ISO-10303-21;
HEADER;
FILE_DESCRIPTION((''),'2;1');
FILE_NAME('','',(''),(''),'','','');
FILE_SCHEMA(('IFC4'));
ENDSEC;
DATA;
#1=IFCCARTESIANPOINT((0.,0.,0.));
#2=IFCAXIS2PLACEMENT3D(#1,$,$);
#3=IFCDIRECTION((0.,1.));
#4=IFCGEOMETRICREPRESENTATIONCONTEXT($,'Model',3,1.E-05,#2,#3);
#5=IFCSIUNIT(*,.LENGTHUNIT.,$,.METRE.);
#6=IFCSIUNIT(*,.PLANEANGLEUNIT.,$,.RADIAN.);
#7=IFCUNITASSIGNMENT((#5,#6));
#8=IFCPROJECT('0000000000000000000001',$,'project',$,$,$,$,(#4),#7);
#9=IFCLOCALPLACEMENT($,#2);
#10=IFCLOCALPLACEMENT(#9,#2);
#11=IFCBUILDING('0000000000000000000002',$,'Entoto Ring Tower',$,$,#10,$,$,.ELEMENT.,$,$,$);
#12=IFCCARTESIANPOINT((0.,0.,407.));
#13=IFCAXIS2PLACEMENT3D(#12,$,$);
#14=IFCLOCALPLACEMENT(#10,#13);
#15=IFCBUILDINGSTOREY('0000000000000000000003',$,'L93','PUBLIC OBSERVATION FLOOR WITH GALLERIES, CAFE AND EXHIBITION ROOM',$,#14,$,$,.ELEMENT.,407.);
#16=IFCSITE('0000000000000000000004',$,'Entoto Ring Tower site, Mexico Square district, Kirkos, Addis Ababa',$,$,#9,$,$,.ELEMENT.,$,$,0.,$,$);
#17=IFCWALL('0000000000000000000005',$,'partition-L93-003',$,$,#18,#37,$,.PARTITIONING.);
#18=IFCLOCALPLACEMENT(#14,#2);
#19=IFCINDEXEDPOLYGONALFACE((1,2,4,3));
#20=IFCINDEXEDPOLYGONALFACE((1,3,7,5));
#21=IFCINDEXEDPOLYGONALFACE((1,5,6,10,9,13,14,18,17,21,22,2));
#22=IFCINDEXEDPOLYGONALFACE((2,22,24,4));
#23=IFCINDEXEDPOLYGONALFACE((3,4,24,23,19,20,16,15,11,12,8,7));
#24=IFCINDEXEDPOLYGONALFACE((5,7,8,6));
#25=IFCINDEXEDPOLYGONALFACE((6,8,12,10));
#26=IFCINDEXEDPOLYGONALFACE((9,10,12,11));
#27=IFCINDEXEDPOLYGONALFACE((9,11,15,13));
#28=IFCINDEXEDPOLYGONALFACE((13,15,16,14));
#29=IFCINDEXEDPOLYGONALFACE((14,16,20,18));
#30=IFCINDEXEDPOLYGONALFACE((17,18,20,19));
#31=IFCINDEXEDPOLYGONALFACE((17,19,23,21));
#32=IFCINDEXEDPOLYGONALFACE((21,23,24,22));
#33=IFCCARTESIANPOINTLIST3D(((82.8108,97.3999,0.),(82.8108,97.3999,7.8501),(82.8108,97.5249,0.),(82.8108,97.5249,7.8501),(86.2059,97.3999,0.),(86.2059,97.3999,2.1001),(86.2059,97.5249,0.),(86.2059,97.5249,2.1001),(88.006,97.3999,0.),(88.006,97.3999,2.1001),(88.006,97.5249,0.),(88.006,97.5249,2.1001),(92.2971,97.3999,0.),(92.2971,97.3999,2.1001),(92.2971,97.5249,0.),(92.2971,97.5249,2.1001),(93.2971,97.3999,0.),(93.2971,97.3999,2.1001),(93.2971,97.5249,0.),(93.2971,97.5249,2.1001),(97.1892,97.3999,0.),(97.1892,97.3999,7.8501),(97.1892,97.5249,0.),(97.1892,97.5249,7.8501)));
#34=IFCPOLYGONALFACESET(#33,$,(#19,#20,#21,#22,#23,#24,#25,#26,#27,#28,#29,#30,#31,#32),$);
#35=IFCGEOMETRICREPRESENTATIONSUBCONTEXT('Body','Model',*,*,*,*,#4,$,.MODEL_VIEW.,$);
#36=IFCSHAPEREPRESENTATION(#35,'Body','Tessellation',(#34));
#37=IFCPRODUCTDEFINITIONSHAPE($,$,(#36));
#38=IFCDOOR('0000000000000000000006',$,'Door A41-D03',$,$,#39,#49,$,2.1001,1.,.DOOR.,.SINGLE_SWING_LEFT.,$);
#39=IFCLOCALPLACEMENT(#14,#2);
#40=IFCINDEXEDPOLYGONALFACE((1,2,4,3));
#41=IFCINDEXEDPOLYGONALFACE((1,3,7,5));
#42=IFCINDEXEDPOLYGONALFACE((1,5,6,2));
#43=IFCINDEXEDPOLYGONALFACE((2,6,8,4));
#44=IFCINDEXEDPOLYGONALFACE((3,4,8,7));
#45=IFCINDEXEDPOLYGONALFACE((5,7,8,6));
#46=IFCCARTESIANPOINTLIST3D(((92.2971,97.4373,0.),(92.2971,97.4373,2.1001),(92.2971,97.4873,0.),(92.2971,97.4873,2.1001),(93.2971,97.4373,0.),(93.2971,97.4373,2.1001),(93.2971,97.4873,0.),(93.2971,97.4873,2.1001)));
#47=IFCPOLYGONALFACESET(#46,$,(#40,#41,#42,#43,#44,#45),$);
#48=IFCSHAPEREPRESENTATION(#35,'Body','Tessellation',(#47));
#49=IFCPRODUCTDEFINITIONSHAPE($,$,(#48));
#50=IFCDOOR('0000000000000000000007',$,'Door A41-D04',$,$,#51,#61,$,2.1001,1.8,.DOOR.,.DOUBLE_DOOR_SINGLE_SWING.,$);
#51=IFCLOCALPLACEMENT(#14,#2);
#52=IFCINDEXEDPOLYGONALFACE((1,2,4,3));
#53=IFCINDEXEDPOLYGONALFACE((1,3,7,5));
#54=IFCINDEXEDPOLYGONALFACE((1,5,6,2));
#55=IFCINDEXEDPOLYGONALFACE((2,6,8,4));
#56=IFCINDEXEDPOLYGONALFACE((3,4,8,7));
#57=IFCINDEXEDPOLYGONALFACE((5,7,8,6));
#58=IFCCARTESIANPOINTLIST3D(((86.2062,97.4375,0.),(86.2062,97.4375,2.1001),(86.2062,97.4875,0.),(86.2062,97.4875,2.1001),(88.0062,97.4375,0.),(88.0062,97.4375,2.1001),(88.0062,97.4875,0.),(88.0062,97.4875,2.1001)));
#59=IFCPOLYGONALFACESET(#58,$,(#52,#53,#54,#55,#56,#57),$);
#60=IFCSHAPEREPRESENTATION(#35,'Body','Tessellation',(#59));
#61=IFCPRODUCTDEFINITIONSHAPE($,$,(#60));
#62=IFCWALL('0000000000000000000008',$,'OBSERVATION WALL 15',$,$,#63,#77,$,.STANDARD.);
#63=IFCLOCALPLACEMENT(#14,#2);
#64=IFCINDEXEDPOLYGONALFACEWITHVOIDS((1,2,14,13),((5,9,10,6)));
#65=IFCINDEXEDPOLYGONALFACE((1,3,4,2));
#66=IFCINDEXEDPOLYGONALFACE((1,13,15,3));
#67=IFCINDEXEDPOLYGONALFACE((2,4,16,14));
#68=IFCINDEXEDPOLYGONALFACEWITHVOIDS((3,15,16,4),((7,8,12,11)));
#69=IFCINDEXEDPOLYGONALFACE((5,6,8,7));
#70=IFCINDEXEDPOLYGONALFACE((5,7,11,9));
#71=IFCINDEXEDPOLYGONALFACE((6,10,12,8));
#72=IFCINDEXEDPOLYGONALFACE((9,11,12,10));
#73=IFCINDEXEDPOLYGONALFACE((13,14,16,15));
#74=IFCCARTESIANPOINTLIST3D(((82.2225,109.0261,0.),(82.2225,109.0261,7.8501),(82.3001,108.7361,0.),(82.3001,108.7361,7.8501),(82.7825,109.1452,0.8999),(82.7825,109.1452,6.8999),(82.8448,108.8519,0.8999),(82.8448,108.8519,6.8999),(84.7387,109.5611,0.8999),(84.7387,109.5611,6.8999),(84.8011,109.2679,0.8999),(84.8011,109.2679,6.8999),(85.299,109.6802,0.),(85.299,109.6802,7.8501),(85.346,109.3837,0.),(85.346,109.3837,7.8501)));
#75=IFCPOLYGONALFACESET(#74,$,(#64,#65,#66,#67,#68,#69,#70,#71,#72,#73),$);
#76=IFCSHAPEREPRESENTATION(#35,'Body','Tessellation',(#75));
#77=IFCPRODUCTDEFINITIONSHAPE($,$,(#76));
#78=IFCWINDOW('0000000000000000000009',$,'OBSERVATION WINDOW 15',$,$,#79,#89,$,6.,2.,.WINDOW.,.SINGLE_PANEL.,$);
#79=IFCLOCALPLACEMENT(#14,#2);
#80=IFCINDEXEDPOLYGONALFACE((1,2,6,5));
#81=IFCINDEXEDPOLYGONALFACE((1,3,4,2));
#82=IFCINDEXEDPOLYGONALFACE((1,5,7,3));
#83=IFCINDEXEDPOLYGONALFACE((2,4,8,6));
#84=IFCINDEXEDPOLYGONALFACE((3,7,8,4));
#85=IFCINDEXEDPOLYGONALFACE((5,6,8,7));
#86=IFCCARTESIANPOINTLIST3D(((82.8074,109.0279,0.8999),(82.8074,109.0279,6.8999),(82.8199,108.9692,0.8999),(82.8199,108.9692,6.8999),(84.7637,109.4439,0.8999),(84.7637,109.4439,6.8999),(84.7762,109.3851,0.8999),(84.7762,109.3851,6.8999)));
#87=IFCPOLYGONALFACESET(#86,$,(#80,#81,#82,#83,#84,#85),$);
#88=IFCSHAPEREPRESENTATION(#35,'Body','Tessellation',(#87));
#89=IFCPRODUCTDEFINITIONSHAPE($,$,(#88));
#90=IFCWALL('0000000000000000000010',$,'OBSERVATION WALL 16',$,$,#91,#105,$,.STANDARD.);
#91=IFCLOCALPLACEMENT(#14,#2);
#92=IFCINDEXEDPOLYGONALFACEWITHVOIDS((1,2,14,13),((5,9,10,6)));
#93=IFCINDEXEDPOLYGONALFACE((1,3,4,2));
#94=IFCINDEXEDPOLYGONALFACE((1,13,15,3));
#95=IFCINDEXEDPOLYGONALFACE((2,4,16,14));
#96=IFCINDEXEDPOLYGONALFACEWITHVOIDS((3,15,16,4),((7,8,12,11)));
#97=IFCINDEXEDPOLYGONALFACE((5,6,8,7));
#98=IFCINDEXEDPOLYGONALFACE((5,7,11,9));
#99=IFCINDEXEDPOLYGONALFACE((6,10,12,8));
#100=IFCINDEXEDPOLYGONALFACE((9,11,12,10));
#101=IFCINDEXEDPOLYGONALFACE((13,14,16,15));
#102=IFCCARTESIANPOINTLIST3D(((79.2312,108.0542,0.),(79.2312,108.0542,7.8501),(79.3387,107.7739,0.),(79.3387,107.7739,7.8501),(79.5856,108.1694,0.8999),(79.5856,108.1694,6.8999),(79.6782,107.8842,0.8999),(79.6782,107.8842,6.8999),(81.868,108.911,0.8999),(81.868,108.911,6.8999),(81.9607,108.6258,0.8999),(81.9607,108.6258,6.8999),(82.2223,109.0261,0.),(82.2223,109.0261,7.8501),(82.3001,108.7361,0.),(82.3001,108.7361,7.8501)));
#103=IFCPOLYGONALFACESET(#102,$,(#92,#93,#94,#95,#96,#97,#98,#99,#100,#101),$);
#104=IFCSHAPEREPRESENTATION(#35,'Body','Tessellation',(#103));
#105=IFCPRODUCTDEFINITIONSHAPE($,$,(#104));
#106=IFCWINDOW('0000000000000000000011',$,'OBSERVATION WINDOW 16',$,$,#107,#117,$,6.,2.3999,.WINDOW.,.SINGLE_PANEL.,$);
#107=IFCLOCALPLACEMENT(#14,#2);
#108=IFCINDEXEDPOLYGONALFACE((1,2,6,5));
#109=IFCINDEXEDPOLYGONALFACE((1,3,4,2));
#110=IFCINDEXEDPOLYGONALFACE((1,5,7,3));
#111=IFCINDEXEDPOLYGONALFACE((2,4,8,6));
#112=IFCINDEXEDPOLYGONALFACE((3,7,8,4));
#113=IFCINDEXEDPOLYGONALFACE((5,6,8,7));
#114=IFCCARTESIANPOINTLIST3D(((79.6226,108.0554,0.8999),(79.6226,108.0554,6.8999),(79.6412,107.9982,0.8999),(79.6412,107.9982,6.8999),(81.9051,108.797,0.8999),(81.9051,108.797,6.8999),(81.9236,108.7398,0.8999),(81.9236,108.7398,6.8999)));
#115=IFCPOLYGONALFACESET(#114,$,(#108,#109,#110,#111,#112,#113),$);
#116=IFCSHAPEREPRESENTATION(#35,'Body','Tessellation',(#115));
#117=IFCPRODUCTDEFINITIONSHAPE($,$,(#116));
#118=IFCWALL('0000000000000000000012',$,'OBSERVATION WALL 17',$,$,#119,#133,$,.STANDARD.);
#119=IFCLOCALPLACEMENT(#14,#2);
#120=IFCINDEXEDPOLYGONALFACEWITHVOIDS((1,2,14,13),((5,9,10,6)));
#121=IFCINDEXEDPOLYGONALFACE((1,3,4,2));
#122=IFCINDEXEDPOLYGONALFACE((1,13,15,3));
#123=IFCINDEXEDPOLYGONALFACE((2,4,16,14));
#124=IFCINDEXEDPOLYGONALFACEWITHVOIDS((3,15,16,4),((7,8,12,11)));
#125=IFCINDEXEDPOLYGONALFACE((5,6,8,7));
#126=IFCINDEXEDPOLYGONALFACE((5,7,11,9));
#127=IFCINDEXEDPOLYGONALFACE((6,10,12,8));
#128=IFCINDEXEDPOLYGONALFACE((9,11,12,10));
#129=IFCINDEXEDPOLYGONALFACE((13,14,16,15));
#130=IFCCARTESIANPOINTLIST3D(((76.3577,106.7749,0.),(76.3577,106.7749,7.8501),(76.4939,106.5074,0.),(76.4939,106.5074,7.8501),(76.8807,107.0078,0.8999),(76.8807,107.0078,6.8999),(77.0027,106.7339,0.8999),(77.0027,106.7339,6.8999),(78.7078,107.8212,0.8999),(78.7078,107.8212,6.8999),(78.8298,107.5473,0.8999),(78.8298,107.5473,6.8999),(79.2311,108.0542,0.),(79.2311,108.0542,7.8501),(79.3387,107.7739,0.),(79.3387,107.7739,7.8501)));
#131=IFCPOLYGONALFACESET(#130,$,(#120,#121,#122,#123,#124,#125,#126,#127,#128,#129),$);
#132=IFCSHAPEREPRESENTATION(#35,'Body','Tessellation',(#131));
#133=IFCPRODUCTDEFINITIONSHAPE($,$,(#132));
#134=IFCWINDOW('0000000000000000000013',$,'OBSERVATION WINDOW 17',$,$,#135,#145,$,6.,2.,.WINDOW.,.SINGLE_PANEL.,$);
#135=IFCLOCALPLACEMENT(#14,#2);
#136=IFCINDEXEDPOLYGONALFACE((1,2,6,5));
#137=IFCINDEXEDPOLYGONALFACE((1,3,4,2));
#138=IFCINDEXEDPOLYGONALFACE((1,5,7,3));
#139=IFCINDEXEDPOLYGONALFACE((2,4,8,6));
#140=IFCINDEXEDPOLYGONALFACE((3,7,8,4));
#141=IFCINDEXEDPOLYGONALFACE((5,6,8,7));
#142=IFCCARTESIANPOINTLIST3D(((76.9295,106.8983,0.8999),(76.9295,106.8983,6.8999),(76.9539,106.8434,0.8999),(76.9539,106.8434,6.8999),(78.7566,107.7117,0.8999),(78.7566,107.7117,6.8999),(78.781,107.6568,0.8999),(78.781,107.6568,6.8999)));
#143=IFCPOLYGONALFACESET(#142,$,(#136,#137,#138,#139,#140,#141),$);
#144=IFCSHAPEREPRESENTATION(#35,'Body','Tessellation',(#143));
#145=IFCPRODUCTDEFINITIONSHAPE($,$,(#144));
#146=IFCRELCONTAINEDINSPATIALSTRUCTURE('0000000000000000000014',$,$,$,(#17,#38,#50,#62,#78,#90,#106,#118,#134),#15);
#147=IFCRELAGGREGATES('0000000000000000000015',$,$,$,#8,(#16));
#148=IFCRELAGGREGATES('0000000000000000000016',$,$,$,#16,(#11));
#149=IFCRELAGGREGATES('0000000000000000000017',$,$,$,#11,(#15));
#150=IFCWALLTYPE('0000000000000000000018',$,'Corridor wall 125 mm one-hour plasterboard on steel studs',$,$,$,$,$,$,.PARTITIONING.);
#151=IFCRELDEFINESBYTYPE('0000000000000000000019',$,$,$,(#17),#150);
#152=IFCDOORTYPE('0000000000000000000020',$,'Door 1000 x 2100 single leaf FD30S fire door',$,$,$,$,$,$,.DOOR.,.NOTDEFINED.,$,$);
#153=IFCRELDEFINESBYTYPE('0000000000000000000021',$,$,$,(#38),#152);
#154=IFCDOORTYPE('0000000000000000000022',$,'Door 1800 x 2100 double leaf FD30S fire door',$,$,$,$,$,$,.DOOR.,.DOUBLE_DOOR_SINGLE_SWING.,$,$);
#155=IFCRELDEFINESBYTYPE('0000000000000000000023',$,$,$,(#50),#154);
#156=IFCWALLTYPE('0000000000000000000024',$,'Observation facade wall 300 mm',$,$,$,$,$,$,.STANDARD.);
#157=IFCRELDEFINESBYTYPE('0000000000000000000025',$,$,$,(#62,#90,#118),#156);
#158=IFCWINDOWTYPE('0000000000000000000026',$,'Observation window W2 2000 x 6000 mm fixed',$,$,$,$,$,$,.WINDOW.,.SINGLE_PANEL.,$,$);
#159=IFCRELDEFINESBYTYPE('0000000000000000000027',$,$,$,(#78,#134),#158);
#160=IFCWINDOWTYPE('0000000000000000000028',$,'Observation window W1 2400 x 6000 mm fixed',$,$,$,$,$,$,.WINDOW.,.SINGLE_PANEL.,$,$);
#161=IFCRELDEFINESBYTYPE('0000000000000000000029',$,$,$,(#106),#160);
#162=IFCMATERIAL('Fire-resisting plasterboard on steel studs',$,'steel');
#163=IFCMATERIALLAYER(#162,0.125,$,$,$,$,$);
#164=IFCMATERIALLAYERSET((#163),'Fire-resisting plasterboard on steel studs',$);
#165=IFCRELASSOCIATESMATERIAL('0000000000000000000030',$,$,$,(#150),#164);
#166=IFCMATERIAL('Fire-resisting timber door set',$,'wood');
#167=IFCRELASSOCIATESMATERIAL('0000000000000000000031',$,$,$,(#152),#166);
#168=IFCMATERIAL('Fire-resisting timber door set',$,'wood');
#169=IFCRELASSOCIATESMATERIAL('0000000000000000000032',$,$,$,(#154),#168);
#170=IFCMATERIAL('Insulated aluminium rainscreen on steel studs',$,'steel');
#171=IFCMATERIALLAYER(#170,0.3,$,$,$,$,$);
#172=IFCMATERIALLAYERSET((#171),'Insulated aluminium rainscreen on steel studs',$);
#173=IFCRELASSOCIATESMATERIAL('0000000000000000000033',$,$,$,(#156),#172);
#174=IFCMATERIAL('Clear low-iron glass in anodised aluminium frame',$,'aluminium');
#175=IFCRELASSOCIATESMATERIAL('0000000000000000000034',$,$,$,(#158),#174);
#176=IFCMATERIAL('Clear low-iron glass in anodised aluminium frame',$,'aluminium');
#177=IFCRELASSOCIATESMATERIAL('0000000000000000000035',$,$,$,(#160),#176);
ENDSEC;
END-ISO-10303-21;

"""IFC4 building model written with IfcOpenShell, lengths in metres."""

from ifc_helpers import new_model, si_unit, direction, frame, frame_2d, origin, place, context, subcontext, project, spatial, polyline, rectangle, outline, extrude, material, layer, layer_set, type_object, element, fill, save


model = new_model("IFC4")

# Units and contexts
model_context = context("Model", 3, precision=1e-05, world=origin(), true_north=direction((0.0, 1.0)))
body_context = subcontext(model_context, "Body", "Model", "MODEL_VIEW")
ifc_project = project(units=[si_unit("LENGTHUNIT", "METRE"), si_unit("PLANEANGLEUNIT", "RADIAN")], contexts=[model_context])

# Site, building, storey
site_placement = place(None, origin())
site = spatial("IfcSite", under=ifc_project, at=site_placement, Name="Entoto Ring Tower site, Mexico Square district, Kirkos, Addis Ababa", CompositionType="ELEMENT", RefElevation=0.0)
building_placement = place(site_placement, origin())
building = spatial("IfcBuilding", under=site, at=building_placement, Name="Entoto Ring Tower", CompositionType="ELEMENT")
storey_placement = place(building_placement, frame((0.0, 0.0, 407.0)))
storey = spatial("IfcBuildingStorey", under=building, at=storey_placement, Name="L93", Description="PUBLIC OBSERVATION FLOOR WITH GALLERIES, CAFE AND EXHIBITION ROOM", CompositionType="ELEMENT", Elevation=407.0)

# Wall, openings, doors
ifc_material_1 = material(Name="Fire-resisting plasterboard on steel studs", Category="steel")
ifc_layer_1 = layer(ifc_material_1, 0.125)
ifc_layer_set_1 = layer_set([ifc_layer_1], Name="Fire-resisting plasterboard on steel studs")
wall_type_1 = type_object("IfcWallType", Name="Corridor wall 125 mm one-hour plasterboard on steel studs", PredefinedType="PARTITIONING", material=ifc_layer_set_1)
wall_1_placement = place(storey_placement, frame((82.8108, 97.4624, 0.0), z_axis=(0.0, 0.0, 1.0), x_axis=(1.0, 0.0, 0.0)))
wall_1 = element("IfcWall", 1, at=wall_1_placement, inside=storey, type_object=wall_type_1, Name="partition-L93-003", PredefinedType="PARTITIONING", context=body_context, shape_type="SweptSolid", body=[
    extrude(rectangle(XDim=14.3784, YDim=0.125, at=frame_2d((7.1892, 0.0))), origin(), (0.0, 0.0, 1.0), 7.8501),
])
opening_1_placement = place(wall_1_placement, frame((9.4863, 0.0, 0.0)))
opening_1 = element("IfcOpeningElement", 2, at=opening_1_placement, cuts=wall_1, PredefinedType="OPENING", context=body_context, shape_type="SweptSolid", body=[
    extrude(rectangle(XDim=1.0, YDim=2.1001, at=frame_2d((0.5, 1.05))), frame((0.0, 0.0725, 0.0), z_axis=(0.0, -1.0, 0.0), x_axis=(1.0, 0.0, 0.0)), (0.0, 0.0, 1.0), 0.145),
])
opening_2_placement = place(wall_1_placement, frame((3.3953, 0.0, 0.0)))
opening_2 = element("IfcOpeningElement", 3, at=opening_2_placement, cuts=wall_1, PredefinedType="OPENING", context=body_context, shape_type="SweptSolid", body=[
    extrude(rectangle(XDim=1.8, YDim=2.1001, at=frame_2d((0.8999, 1.05))), frame((0.0, 0.0725, 0.0), z_axis=(0.0, -1.0, 0.0), x_axis=(1.0, 0.0, 0.0)), (0.0, 0.0, 1.0), 0.145),
])
ifc_material_2 = material(Name="Fire-resisting timber door set", Category="wood")
door_type_1 = type_object("IfcDoorType", Name="Door 1000 x 2100 single leaf FD30S fire door", OperationType="NOTDEFINED", PredefinedType="DOOR", material=ifc_material_2)
door_1_placement = place(opening_1_placement, origin())
door_1 = element("IfcDoor", 4, at=door_1_placement, inside=storey, type_object=door_type_1, Name="Door A41-D03", OperationType="SINGLE_SWING_LEFT", OverallHeight=2.1001, OverallWidth=1.0, PredefinedType="DOOR", context=body_context, shape_type="SweptSolid", body=[
    extrude(rectangle(XDim=1.0, YDim=2.1001, at=frame_2d((0.5, 1.05))), frame((0.0, 0.0249, 0.0), z_axis=(0.0, -1.0, 0.0), x_axis=(1.0, 0.0, 0.0)), (0.0, 0.0, 1.0), 0.05),
])
fill(opening_1, door_1)
ifc_material_3 = material(Name="Fire-resisting timber door set", Category="wood")
door_type_2 = type_object("IfcDoorType", Name="Door 1800 x 2100 double leaf FD30S fire door", OperationType="DOUBLE_DOOR_SINGLE_SWING", PredefinedType="DOOR", material=ifc_material_3)
door_2_placement = place(opening_2_placement, frame((1.8, 0.0, 0.0), z_axis=(0.0, 0.0, 1.0), x_axis=(-1.0, 0.0, 0.0)))
door_2 = element("IfcDoor", 5, at=door_2_placement, inside=storey, type_object=door_type_2, Name="Door A41-D04", OperationType="DOUBLE_DOOR_SINGLE_SWING", OverallHeight=2.1001, OverallWidth=1.8, PredefinedType="DOOR", context=body_context, shape_type="SweptSolid", body=[
    extrude(rectangle(XDim=1.8, YDim=2.1001, at=frame_2d((0.8999, 1.05))), frame((0.0, 0.0249, 0.0), z_axis=(0.0, -1.0, 0.0), x_axis=(1.0, 0.0, 0.0)), (0.0, 0.0, 1.0), 0.05),
])
fill(opening_2, door_2)

# Walls, openings, windows
ifc_material_4 = material(Name="Insulated aluminium rainscreen on steel studs", Category="steel")
ifc_layer_2 = layer(ifc_material_4, 0.3)
ifc_layer_set_2 = layer_set([ifc_layer_2], Name="Insulated aluminium rainscreen on steel studs")
wall_type_2 = type_object("IfcWallType", Name="Observation facade wall 300 mm", PredefinedType="STANDARD", material=ifc_layer_set_2)
wall_2_placement = place(storey_placement, frame((85.3225, 109.532, 0.0), z_axis=(0.0, 0.0, 1.0), x_axis=(-0.978136, -0.207968, 0.0)))
wall_2 = element("IfcWall", 6, at=wall_2_placement, inside=storey, type_object=wall_type_2, Name="OBSERVATION WALL 15", PredefinedType="STANDARD", context=body_context, shape_type="SweptSolid", body=[
    extrude(outline(polyline([(-0.0078, -0.1499), (3.1375, -0.1499), (3.1218, 0.1499), (0.0078, 0.1499), (-0.0078, -0.1499)])), origin(), (0.0, 0.0, 1.0), 7.8501),
])
opening_3_placement = place(wall_2_placement, frame((0.5649, 0.0, 0.8999)))
opening_3 = element("IfcOpeningElement", 7, at=opening_3_placement, cuts=wall_2, PredefinedType="OPENING", context=body_context, shape_type="SweptSolid", body=[
    extrude(rectangle(XDim=2.0, YDim=6.0, at=frame_2d((1.0, 3.0))), frame((0.0, 0.1602, 0.0), z_axis=(0.0, -1.0, 0.0), x_axis=(1.0, 0.0, 0.0)), (0.0, 0.0, 1.0), 0.3201),
])
ifc_material_5 = material(Name="Clear low-iron glass in anodised aluminium frame", Category="aluminium")
window_type_1 = type_object("IfcWindowType", Name="Observation window W2 2000 x 6000 mm fixed", PartitioningType="SINGLE_PANEL", PredefinedType="WINDOW", material=ifc_material_5)
window_1_placement = place(opening_3_placement, origin())
window_1 = element("IfcWindow", 8, at=window_1_placement, inside=storey, type_object=window_type_1, Name="OBSERVATION WINDOW 15", OverallHeight=6.0, OverallWidth=2.0, PartitioningType="SINGLE_PANEL", PredefinedType="WINDOW", context=body_context, shape_type="SweptSolid", body=[
    extrude(rectangle(XDim=2.0, YDim=6.0, at=frame_2d((1.0, 3.0))), frame((0.0, 0.03, 0.0), z_axis=(0.0, -1.0, 0.0), x_axis=(1.0, 0.0, 0.0)), (0.0, 0.0, 1.0), 0.0601),
])
fill(opening_3, window_1)
wall_3_placement = place(storey_placement, frame((82.2612, 108.8811, 0.0), z_axis=(0.0, 0.0, 1.0), x_axis=(-0.951059, -0.30901, 0.0)))
wall_3 = element("IfcWall", 9, at=wall_3_placement, inside=storey, type_object=wall_type_2, Name="OBSERVATION WALL 16", PredefinedType="STANDARD", context=body_context, shape_type="SweptSolid", body=[
    extrude(outline(polyline([(-0.0078, -0.1499), (3.1372, -0.1499), (3.1216, 0.1499), (0.0078, 0.1499), (-0.0078, -0.1499)])), origin(), (0.0, 0.0, 1.0), 7.8501),
])
opening_4_placement = place(wall_3_placement, frame((0.3647, 0.0, 0.8999)))
opening_4 = element("IfcOpeningElement", 10, at=opening_4_placement, cuts=wall_3, PredefinedType="OPENING", context=body_context, shape_type="SweptSolid", body=[
    extrude(rectangle(XDim=2.3999, YDim=6.0, at=frame_2d((1.2, 3.0))), frame((0.0, 0.1602, 0.0), z_axis=(0.0, -1.0, 0.0), x_axis=(1.0, 0.0, 0.0)), (0.0, 0.0, 1.0), 0.3201),
])
ifc_material_6 = material(Name="Clear low-iron glass in anodised aluminium frame", Category="aluminium")
window_type_2 = type_object("IfcWindowType", Name="Observation window W1 2400 x 6000 mm fixed", PartitioningType="SINGLE_PANEL", PredefinedType="WINDOW", material=ifc_material_6)
window_2_placement = place(opening_4_placement, origin())
window_2 = element("IfcWindow", 11, at=window_2_placement, inside=storey, type_object=window_type_2, Name="OBSERVATION WINDOW 16", OverallHeight=6.0, OverallWidth=2.3999, PartitioningType="SINGLE_PANEL", PredefinedType="WINDOW", context=body_context, shape_type="SweptSolid", body=[
    extrude(rectangle(XDim=2.3999, YDim=6.0, at=frame_2d((1.2, 3.0))), frame((0.0, 0.03, 0.0), z_axis=(0.0, -1.0, 0.0), x_axis=(1.0, 0.0, 0.0)), (0.0, 0.0, 1.0), 0.0601),
])
fill(opening_4, window_2)
wall_4_placement = place(storey_placement, frame((79.2849, 107.9141, 0.0), z_axis=(0.0, 0.0, 1.0), x_axis=(-0.913548, -0.406732, 0.0)))
wall_4 = element("IfcWall", 12, at=wall_4_placement, inside=storey, type_object=wall_type_2, Name="OBSERVATION WALL 17", PredefinedType="STANDARD", context=body_context, shape_type="SweptSolid", body=[
    extrude(outline(polyline([(-0.0078, -0.1499), (3.1375, -0.1499), (3.1218, 0.1499), (0.0078, 0.1499), (-0.0078, -0.1499)])), origin(), (0.0, 0.0, 1.0), 7.8501),
])
opening_5_placement = place(wall_4_placement, frame((0.5649, 0.0, 0.8999)))
opening_5 = element("IfcOpeningElement", 13, at=opening_5_placement, cuts=wall_4, PredefinedType="OPENING", context=body_context, shape_type="SweptSolid", body=[
    extrude(rectangle(XDim=2.0, YDim=6.0, at=frame_2d((1.0, 3.0))), frame((0.0, 0.1602, 0.0), z_axis=(0.0, -1.0, 0.0), x_axis=(1.0, 0.0, 0.0)), (0.0, 0.0, 1.0), 0.3201),
])
window_3_placement = place(opening_5_placement, origin())
window_3 = element("IfcWindow", 14, at=window_3_placement, inside=storey, type_object=window_type_1, Name="OBSERVATION WINDOW 17", OverallHeight=6.0, OverallWidth=2.0, PartitioningType="SINGLE_PANEL", PredefinedType="WINDOW", context=body_context, shape_type="SweptSolid", body=[
    extrude(rectangle(XDim=2.0, YDim=6.0, at=frame_2d((1.0, 3.0))), frame((0.0, 0.03, 0.0), z_axis=(0.0, -1.0, 0.0), x_axis=(1.0, 0.0, 0.0)), (0.0, 0.0, 1.0), 0.0601),
])
fill(opening_5, window_3)

save(model, "model.ifc")
